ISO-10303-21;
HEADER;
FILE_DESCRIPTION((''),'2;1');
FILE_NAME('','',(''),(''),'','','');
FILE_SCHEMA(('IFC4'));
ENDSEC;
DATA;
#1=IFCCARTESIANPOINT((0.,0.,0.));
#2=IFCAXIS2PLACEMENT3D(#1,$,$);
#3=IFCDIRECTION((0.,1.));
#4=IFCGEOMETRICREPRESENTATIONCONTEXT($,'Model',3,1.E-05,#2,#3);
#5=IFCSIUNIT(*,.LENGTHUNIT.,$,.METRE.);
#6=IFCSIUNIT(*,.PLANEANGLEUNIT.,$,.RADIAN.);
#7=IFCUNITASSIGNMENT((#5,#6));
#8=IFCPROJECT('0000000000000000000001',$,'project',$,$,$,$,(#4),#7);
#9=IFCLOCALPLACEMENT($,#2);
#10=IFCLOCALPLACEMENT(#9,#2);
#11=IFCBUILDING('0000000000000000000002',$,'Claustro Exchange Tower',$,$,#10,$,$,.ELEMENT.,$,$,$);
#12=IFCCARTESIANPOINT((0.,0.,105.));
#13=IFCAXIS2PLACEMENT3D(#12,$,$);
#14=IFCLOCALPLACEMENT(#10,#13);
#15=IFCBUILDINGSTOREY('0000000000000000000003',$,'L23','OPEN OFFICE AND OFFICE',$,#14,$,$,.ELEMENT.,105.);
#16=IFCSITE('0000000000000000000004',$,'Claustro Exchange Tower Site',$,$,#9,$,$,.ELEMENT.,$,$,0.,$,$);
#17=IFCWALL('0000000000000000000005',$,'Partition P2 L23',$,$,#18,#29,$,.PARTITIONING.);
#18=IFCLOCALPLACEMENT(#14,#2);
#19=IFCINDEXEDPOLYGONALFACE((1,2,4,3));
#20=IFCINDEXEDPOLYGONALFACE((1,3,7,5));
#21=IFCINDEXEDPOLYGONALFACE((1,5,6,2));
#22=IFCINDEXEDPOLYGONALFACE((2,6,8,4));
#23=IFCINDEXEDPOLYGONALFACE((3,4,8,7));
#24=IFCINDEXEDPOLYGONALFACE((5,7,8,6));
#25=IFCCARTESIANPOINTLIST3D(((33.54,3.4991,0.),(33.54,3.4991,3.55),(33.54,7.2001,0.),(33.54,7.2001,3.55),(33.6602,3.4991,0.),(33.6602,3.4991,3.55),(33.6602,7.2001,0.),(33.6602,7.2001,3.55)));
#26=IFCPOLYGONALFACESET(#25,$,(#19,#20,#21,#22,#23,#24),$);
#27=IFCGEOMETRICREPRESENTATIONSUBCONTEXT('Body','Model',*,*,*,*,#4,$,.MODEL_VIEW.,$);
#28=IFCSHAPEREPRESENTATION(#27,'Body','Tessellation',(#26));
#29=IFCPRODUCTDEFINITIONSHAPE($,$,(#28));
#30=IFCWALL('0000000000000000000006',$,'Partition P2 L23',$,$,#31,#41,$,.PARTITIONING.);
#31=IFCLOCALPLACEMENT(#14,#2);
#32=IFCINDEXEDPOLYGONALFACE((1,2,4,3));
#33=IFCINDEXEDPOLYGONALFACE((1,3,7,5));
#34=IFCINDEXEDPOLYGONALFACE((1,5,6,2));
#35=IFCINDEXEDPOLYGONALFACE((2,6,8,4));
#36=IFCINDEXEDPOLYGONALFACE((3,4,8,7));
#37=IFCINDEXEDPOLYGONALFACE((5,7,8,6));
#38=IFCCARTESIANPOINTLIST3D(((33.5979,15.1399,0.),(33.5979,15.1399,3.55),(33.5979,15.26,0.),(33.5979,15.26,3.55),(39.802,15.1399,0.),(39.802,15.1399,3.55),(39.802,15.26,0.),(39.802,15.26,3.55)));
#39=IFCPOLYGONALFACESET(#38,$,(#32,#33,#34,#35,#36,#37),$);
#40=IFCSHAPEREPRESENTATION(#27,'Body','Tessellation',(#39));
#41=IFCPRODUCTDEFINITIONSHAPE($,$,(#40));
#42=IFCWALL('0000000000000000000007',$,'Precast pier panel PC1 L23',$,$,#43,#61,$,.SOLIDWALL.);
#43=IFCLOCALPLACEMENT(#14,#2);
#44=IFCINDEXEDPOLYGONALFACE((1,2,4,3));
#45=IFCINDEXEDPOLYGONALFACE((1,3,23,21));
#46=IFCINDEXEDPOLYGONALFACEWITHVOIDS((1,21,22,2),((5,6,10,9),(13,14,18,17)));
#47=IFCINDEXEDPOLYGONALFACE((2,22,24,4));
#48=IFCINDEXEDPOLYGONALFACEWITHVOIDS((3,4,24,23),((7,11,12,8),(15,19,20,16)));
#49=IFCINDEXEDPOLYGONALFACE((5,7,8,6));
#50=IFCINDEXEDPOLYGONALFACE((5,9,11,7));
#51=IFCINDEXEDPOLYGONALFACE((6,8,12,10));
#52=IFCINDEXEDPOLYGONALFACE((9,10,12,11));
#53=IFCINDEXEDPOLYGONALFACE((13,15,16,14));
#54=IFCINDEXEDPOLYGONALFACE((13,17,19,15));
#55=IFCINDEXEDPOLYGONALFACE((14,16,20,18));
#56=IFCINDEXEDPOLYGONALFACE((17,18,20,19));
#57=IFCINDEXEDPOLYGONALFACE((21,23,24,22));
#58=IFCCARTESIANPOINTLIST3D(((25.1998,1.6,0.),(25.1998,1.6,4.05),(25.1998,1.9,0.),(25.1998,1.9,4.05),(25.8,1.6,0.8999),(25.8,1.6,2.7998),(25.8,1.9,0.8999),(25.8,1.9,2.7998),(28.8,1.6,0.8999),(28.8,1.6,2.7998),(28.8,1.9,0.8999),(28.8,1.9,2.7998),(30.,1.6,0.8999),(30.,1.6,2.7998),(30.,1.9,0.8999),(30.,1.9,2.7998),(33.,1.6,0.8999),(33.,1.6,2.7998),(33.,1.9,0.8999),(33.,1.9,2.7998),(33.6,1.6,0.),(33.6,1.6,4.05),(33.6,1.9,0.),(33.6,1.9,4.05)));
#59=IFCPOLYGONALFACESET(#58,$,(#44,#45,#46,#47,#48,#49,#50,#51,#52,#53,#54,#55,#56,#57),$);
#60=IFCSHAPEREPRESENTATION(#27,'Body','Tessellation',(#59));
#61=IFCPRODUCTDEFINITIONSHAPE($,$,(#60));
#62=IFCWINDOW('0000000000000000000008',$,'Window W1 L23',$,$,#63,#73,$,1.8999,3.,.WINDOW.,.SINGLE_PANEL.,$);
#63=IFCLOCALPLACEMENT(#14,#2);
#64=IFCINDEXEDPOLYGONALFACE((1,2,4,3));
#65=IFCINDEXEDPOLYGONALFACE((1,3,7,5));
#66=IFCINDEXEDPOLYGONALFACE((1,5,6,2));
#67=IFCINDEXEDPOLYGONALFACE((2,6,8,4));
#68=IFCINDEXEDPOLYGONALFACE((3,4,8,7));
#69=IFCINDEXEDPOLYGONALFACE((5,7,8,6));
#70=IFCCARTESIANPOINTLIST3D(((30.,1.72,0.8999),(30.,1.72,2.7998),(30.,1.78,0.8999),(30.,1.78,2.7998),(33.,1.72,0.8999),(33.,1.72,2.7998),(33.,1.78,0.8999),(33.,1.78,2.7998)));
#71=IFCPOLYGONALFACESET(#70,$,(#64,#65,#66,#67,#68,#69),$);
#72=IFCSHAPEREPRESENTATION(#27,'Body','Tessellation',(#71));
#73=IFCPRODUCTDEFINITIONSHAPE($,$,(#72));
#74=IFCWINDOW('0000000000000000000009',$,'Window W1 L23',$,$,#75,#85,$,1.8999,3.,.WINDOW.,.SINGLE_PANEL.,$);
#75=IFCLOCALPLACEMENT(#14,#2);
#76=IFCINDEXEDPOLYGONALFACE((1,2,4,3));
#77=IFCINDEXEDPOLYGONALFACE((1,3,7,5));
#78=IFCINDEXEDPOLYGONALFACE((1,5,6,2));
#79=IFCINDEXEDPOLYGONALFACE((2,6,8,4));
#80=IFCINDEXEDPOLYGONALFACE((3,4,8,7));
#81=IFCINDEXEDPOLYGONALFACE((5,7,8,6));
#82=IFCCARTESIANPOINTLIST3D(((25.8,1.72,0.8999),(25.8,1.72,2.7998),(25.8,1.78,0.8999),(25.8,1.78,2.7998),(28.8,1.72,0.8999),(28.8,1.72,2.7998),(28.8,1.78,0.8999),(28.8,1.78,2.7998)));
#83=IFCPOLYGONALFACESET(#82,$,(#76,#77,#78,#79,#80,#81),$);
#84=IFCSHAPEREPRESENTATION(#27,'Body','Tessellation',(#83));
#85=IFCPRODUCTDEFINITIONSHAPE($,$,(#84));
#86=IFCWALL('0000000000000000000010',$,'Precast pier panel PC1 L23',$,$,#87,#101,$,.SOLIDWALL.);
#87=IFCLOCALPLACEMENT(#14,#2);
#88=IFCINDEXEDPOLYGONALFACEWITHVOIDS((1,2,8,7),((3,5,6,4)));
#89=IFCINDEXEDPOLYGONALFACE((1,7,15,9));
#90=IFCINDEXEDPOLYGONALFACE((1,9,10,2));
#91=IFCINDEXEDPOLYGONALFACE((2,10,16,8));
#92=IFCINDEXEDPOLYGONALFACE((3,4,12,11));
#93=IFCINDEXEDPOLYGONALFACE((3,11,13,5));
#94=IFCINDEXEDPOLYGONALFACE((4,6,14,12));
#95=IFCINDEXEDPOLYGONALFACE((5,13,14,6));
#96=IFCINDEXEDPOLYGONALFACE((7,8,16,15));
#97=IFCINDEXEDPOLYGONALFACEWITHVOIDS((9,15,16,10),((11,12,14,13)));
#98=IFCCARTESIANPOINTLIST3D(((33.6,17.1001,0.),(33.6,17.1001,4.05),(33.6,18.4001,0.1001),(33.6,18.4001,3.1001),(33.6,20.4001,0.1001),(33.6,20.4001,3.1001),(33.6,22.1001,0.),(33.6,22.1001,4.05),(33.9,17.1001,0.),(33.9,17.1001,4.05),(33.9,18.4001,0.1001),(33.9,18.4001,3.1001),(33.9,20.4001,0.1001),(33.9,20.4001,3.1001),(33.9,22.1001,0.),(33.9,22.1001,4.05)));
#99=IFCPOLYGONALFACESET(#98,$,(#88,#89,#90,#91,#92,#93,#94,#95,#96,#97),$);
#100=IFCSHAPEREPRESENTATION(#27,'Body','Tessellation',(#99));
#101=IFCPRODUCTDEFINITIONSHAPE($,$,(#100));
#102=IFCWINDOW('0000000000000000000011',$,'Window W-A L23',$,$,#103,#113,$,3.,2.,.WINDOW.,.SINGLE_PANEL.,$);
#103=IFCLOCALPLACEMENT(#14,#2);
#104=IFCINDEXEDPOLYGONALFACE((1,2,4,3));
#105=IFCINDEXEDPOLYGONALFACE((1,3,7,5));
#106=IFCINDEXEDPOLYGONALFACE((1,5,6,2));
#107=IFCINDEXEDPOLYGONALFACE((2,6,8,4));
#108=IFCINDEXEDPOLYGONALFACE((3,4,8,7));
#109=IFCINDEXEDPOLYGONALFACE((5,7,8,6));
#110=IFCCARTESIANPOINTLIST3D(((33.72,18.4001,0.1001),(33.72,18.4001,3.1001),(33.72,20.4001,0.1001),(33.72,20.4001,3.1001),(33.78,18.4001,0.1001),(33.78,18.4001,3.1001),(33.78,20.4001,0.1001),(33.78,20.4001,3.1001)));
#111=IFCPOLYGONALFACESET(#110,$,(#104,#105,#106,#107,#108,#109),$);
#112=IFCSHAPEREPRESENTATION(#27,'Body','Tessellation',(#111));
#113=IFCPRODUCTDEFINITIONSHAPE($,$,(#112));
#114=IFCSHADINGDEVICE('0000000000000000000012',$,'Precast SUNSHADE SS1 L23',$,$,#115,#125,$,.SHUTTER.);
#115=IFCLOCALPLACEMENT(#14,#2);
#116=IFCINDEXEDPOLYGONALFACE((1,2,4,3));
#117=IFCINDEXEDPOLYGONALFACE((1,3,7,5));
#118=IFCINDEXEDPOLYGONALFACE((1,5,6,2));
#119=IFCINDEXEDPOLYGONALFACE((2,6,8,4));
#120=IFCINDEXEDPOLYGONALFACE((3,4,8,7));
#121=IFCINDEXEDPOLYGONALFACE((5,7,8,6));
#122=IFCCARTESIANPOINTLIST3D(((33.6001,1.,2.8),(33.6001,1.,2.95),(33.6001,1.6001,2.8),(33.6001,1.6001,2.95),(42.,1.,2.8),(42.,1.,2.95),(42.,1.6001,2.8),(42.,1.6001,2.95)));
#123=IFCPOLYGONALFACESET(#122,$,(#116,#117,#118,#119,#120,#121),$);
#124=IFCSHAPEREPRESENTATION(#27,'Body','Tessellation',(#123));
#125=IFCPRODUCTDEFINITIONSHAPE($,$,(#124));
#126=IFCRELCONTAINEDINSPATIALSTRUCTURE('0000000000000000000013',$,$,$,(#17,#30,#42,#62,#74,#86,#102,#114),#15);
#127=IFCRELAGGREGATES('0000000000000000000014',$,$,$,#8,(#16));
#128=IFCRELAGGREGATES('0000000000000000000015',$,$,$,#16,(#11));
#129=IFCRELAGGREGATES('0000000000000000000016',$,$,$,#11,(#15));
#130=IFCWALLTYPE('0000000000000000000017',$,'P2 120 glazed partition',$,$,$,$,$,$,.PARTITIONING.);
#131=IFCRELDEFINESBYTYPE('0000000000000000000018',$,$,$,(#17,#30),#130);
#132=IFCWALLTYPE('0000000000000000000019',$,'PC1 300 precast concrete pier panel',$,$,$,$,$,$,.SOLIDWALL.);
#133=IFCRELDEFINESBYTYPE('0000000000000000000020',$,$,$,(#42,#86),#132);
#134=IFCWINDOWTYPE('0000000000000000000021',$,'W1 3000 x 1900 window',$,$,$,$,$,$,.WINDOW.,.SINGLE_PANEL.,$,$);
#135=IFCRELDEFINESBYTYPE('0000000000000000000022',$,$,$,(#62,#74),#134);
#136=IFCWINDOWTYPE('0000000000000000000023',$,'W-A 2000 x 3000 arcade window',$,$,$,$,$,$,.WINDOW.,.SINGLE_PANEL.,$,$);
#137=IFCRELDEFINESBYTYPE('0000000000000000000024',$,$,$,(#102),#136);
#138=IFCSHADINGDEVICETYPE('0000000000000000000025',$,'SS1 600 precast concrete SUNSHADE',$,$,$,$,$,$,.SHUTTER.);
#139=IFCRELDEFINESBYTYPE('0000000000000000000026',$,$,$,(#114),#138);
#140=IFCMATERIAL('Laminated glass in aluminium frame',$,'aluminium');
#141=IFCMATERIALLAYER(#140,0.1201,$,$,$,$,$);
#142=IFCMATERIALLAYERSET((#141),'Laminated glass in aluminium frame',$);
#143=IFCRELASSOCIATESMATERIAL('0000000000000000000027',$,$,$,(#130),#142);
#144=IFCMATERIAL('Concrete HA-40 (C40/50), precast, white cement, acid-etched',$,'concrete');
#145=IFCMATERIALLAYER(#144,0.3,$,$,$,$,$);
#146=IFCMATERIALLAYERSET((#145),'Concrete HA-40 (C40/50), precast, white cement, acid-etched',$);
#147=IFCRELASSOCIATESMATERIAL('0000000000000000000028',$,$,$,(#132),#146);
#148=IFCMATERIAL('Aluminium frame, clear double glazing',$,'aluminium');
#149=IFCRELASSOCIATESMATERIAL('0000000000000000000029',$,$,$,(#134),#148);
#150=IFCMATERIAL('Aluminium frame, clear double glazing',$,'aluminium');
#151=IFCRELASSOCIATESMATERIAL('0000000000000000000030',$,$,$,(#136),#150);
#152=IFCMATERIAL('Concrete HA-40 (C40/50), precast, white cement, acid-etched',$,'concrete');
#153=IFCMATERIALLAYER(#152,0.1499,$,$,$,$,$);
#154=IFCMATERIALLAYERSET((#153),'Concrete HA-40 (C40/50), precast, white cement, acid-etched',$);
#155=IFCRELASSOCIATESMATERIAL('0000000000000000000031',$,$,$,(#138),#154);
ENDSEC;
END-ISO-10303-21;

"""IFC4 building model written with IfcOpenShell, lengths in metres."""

from ifc_helpers import new_model, si_unit, direction, frame, frame_2d, origin, origin_2d, place, context, subcontext, project, spatial, rectangle, extrude, material, layer, layer_set, type_object, element, fill, save


model = new_model("IFC4")

# Units and contexts
model_context = context("Model", 3, precision=1e-05, world=origin(), true_north=direction((0.0, 1.0)))
body_context = subcontext(model_context, "Body", "Model", "MODEL_VIEW")
ifc_project = project(units=[si_unit("LENGTHUNIT", "METRE"), si_unit("PLANEANGLEUNIT", "RADIAN")], contexts=[model_context])

# Site, building, storey
site_placement = place(None, origin())
site = spatial("IfcSite", under=ifc_project, at=site_placement, Name="Claustro Exchange Tower Site", CompositionType="ELEMENT", RefElevation=0.0)
building_placement = place(site_placement, origin())
building = spatial("IfcBuilding", under=site, at=building_placement, Name="Claustro Exchange Tower", CompositionType="ELEMENT")
storey_placement = place(building_placement, frame((0.0, 0.0, 105.0)))
storey = spatial("IfcBuildingStorey", under=building, at=storey_placement, Name="L23", Description="OPEN OFFICE AND OFFICE", CompositionType="ELEMENT", Elevation=105.0)

# Shared definitions
ifc_material_1 = material(Name="Laminated glass in aluminium frame", Category="aluminium")
ifc_layer_1 = layer(ifc_material_1, 0.1201)
ifc_layer_set_1 = layer_set([ifc_layer_1], Name="Laminated glass in aluminium frame")
wall_type_1 = type_object("IfcWallType", Name="P2 120 glazed partition", PredefinedType="PARTITIONING", material=ifc_layer_set_1)

# Walls
wall_1_placement = place(storey_placement, frame((33.6001, 3.499, 0.0), z_axis=(0.0, 0.0, 1.0), x_axis=(0.0, 1.0, 0.0)))
element("IfcWall", 1, at=wall_1_placement, inside=storey, type_object=wall_type_1, Name="Partition P2 L23", PredefinedType="PARTITIONING", context=body_context, shape_type="SweptSolid", body=[
    extrude(rectangle(XDim=3.7009, YDim=0.1201, at=frame_2d((1.8506, 0.0))), origin(), (0.0, 0.0, 1.0), 3.55),
])
wall_2_placement = place(storey_placement, frame((33.5979, 15.2, 0.0), z_axis=(0.0, 0.0, 1.0), x_axis=(1.0, 0.0, 0.0)))
element("IfcWall", 2, at=wall_2_placement, inside=storey, type_object=wall_type_1, Name="Partition P2 L23", PredefinedType="PARTITIONING", context=body_context, shape_type="SweptSolid", body=[
    extrude(rectangle(XDim=6.2041, YDim=0.1201, at=frame_2d((3.1021, 0.0))), origin(), (0.0, 0.0, 1.0), 3.55),
])

# Wall, openings, windows
ifc_material_2 = material(Name="Concrete HA-40 (C40/50), precast, white cement, acid-etched", Category="concrete")
ifc_layer_2 = layer(ifc_material_2, 0.3)
ifc_layer_set_2 = layer_set([ifc_layer_2], Name="Concrete HA-40 (C40/50), precast, white cement, acid-etched")
wall_type_2 = type_object("IfcWallType", Name="PC1 300 precast concrete pier panel", PredefinedType="SOLIDWALL", material=ifc_layer_set_2)
wall_3_placement = place(storey_placement, frame((33.6001, 1.75, 0.0), z_axis=(0.0, 0.0, 1.0), x_axis=(-1.0, 0.0, 0.0)))
wall_3 = element("IfcWall", 3, at=wall_3_placement, inside=storey, type_object=wall_type_2, Name="Precast pier panel PC1 L23", PredefinedType="SOLIDWALL", context=body_context, shape_type="SweptSolid", body=[
    extrude(rectangle(XDim=8.4001, YDim=0.3, at=frame_2d((4.2002, 0.0))), origin(), (0.0, 0.0, 1.0), 4.05),
])
opening_1_placement = place(wall_3_placement, frame((0.6001, 0.0, 0.8999)))
opening_1 = element("IfcOpeningElement", 4, at=opening_1_placement, cuts=wall_3, PredefinedType="OPENING", context=body_context, shape_type="SweptSolid", body=[
    extrude(rectangle(XDim=3.0, YDim=1.8999, at=frame_2d((1.5, 0.95))), frame((0.0, 0.1599, 0.0), z_axis=(0.0, -1.0, 0.0), x_axis=(1.0, 0.0, 0.0)), (0.0, 0.0, 1.0), 0.3201),
])
opening_2_placement = place(wall_3_placement, frame((4.8, 0.0, 0.8999)))
opening_2 = element("IfcOpeningElement", 5, at=opening_2_placement, cuts=wall_3, PredefinedType="OPENING", context=body_context, shape_type="SweptSolid", body=[
    extrude(rectangle(XDim=3.0, YDim=1.8999, at=frame_2d((1.5, 0.95))), frame((0.0, 0.1599, 0.0), z_axis=(0.0, -1.0, 0.0), x_axis=(1.0, 0.0, 0.0)), (0.0, 0.0, 1.0), 0.3201),
])
ifc_material_3 = material(Name="Aluminium frame, clear double glazing", Category="aluminium")
window_type_1 = type_object("IfcWindowType", Name="W1 3000 x 1900 window", PartitioningType="SINGLE_PANEL", PredefinedType="WINDOW", material=ifc_material_3)
window_1_placement = place(opening_1_placement, origin())
window_1 = element("IfcWindow", 6, at=window_1_placement, inside=storey, type_object=window_type_1, Name="Window W1 L23", OverallHeight=1.8999, OverallWidth=3.0, PartitioningType="SINGLE_PANEL", PredefinedType="WINDOW", context=body_context, shape_type="SweptSolid", body=[
    extrude(rectangle(XDim=3.0, YDim=1.8999, at=frame_2d((1.5, 0.95))), frame((0.0, 0.03, 0.0), z_axis=(0.0, -1.0, 0.0), x_axis=(1.0, 0.0, 0.0)), (0.0, 0.0, 1.0), 0.0601),
])
fill(opening_1, window_1)
window_2_placement = place(opening_2_placement, origin())
window_2 = element("IfcWindow", 7, at=window_2_placement, inside=storey, type_object=window_type_1, Name="Window W1 L23", OverallHeight=1.8999, OverallWidth=3.0, PartitioningType="SINGLE_PANEL", PredefinedType="WINDOW", context=body_context, shape_type="SweptSolid", body=[
    extrude(rectangle(XDim=3.0, YDim=1.8999, at=frame_2d((1.5, 0.95))), frame((0.0, 0.03, 0.0), z_axis=(0.0, -1.0, 0.0), x_axis=(1.0, 0.0, 0.0)), (0.0, 0.0, 1.0), 0.0601),
])
fill(opening_2, window_2)

# Wall, opening, window
wall_4_placement = place(storey_placement, frame((33.75, 17.1001, 0.0), z_axis=(0.0, 0.0, 1.0), x_axis=(0.0, 1.0, 0.0)))
wall_4 = element("IfcWall", 8, at=wall_4_placement, inside=storey, type_object=wall_type_2, Name="Precast pier panel PC1 L23", PredefinedType="SOLIDWALL", context=body_context, shape_type="SweptSolid", body=[
    extrude(rectangle(XDim=5.0, YDim=0.3, at=frame_2d((2.5, 0.0))), origin(), (0.0, 0.0, 1.0), 4.05),
])
opening_3_placement = place(wall_4_placement, frame((1.3, 0.0, 0.1001)))
opening_3 = element("IfcOpeningElement", 9, at=opening_3_placement, cuts=wall_4, PredefinedType="OPENING", context=body_context, shape_type="SweptSolid", body=[
    extrude(rectangle(XDim=2.0, YDim=3.0, at=frame_2d((1.0, 1.5))), frame((0.0, 0.1599, 0.0), z_axis=(0.0, -1.0, 0.0), x_axis=(1.0, 0.0, 0.0)), (0.0, 0.0, 1.0), 0.3201),
])
ifc_material_4 = material(Name="Aluminium frame, clear double glazing", Category="aluminium")
window_type_2 = type_object("IfcWindowType", Name="W-A 2000 x 3000 arcade window", PartitioningType="SINGLE_PANEL", PredefinedType="WINDOW", material=ifc_material_4)
window_3_placement = place(opening_3_placement, origin())
window_3 = element("IfcWindow", 10, at=window_3_placement, inside=storey, type_object=window_type_2, Name="Window W-A L23", OverallHeight=3.0, OverallWidth=2.0, PartitioningType="SINGLE_PANEL", PredefinedType="WINDOW", context=body_context, shape_type="SweptSolid", body=[
    extrude(rectangle(XDim=2.0, YDim=3.0, at=frame_2d((1.0, 1.5))), frame((0.0, 0.03, 0.0), z_axis=(0.0, -1.0, 0.0), x_axis=(1.0, 0.0, 0.0)), (0.0, 0.0, 1.0), 0.0601),
])
fill(opening_3, window_3)

# Shading device
ifc_material_5 = material(Name="Concrete HA-40 (C40/50), precast, white cement, acid-etched", Category="concrete")
ifc_layer_3 = layer(ifc_material_5, 0.1499)
ifc_layer_set_3 = layer_set([ifc_layer_3], Name="Concrete HA-40 (C40/50), precast, white cement, acid-etched")
shading_device_type = type_object("IfcShadingDeviceType", Name="SS1 600 precast concrete SUNSHADE", PredefinedType="SHUTTER", material=ifc_layer_set_3)
shading_device_placement = place(storey_placement, frame((37.8, 1.3, 2.8), z_axis=(0.0, 0.0, 1.0), x_axis=(-1.0, 0.0, 0.0)))
element("IfcShadingDevice", 11, at=shading_device_placement, inside=storey, type_object=shading_device_type, Name="Precast SUNSHADE SS1 L23", PredefinedType="SHUTTER", context=body_context, shape_type="SweptSolid", body=[
    extrude(rectangle(XDim=8.3999, YDim=0.6001, at=origin_2d()), origin(), (0.0, 0.0, 1.0), 0.1499),
])

save(model, "model.ifc")
